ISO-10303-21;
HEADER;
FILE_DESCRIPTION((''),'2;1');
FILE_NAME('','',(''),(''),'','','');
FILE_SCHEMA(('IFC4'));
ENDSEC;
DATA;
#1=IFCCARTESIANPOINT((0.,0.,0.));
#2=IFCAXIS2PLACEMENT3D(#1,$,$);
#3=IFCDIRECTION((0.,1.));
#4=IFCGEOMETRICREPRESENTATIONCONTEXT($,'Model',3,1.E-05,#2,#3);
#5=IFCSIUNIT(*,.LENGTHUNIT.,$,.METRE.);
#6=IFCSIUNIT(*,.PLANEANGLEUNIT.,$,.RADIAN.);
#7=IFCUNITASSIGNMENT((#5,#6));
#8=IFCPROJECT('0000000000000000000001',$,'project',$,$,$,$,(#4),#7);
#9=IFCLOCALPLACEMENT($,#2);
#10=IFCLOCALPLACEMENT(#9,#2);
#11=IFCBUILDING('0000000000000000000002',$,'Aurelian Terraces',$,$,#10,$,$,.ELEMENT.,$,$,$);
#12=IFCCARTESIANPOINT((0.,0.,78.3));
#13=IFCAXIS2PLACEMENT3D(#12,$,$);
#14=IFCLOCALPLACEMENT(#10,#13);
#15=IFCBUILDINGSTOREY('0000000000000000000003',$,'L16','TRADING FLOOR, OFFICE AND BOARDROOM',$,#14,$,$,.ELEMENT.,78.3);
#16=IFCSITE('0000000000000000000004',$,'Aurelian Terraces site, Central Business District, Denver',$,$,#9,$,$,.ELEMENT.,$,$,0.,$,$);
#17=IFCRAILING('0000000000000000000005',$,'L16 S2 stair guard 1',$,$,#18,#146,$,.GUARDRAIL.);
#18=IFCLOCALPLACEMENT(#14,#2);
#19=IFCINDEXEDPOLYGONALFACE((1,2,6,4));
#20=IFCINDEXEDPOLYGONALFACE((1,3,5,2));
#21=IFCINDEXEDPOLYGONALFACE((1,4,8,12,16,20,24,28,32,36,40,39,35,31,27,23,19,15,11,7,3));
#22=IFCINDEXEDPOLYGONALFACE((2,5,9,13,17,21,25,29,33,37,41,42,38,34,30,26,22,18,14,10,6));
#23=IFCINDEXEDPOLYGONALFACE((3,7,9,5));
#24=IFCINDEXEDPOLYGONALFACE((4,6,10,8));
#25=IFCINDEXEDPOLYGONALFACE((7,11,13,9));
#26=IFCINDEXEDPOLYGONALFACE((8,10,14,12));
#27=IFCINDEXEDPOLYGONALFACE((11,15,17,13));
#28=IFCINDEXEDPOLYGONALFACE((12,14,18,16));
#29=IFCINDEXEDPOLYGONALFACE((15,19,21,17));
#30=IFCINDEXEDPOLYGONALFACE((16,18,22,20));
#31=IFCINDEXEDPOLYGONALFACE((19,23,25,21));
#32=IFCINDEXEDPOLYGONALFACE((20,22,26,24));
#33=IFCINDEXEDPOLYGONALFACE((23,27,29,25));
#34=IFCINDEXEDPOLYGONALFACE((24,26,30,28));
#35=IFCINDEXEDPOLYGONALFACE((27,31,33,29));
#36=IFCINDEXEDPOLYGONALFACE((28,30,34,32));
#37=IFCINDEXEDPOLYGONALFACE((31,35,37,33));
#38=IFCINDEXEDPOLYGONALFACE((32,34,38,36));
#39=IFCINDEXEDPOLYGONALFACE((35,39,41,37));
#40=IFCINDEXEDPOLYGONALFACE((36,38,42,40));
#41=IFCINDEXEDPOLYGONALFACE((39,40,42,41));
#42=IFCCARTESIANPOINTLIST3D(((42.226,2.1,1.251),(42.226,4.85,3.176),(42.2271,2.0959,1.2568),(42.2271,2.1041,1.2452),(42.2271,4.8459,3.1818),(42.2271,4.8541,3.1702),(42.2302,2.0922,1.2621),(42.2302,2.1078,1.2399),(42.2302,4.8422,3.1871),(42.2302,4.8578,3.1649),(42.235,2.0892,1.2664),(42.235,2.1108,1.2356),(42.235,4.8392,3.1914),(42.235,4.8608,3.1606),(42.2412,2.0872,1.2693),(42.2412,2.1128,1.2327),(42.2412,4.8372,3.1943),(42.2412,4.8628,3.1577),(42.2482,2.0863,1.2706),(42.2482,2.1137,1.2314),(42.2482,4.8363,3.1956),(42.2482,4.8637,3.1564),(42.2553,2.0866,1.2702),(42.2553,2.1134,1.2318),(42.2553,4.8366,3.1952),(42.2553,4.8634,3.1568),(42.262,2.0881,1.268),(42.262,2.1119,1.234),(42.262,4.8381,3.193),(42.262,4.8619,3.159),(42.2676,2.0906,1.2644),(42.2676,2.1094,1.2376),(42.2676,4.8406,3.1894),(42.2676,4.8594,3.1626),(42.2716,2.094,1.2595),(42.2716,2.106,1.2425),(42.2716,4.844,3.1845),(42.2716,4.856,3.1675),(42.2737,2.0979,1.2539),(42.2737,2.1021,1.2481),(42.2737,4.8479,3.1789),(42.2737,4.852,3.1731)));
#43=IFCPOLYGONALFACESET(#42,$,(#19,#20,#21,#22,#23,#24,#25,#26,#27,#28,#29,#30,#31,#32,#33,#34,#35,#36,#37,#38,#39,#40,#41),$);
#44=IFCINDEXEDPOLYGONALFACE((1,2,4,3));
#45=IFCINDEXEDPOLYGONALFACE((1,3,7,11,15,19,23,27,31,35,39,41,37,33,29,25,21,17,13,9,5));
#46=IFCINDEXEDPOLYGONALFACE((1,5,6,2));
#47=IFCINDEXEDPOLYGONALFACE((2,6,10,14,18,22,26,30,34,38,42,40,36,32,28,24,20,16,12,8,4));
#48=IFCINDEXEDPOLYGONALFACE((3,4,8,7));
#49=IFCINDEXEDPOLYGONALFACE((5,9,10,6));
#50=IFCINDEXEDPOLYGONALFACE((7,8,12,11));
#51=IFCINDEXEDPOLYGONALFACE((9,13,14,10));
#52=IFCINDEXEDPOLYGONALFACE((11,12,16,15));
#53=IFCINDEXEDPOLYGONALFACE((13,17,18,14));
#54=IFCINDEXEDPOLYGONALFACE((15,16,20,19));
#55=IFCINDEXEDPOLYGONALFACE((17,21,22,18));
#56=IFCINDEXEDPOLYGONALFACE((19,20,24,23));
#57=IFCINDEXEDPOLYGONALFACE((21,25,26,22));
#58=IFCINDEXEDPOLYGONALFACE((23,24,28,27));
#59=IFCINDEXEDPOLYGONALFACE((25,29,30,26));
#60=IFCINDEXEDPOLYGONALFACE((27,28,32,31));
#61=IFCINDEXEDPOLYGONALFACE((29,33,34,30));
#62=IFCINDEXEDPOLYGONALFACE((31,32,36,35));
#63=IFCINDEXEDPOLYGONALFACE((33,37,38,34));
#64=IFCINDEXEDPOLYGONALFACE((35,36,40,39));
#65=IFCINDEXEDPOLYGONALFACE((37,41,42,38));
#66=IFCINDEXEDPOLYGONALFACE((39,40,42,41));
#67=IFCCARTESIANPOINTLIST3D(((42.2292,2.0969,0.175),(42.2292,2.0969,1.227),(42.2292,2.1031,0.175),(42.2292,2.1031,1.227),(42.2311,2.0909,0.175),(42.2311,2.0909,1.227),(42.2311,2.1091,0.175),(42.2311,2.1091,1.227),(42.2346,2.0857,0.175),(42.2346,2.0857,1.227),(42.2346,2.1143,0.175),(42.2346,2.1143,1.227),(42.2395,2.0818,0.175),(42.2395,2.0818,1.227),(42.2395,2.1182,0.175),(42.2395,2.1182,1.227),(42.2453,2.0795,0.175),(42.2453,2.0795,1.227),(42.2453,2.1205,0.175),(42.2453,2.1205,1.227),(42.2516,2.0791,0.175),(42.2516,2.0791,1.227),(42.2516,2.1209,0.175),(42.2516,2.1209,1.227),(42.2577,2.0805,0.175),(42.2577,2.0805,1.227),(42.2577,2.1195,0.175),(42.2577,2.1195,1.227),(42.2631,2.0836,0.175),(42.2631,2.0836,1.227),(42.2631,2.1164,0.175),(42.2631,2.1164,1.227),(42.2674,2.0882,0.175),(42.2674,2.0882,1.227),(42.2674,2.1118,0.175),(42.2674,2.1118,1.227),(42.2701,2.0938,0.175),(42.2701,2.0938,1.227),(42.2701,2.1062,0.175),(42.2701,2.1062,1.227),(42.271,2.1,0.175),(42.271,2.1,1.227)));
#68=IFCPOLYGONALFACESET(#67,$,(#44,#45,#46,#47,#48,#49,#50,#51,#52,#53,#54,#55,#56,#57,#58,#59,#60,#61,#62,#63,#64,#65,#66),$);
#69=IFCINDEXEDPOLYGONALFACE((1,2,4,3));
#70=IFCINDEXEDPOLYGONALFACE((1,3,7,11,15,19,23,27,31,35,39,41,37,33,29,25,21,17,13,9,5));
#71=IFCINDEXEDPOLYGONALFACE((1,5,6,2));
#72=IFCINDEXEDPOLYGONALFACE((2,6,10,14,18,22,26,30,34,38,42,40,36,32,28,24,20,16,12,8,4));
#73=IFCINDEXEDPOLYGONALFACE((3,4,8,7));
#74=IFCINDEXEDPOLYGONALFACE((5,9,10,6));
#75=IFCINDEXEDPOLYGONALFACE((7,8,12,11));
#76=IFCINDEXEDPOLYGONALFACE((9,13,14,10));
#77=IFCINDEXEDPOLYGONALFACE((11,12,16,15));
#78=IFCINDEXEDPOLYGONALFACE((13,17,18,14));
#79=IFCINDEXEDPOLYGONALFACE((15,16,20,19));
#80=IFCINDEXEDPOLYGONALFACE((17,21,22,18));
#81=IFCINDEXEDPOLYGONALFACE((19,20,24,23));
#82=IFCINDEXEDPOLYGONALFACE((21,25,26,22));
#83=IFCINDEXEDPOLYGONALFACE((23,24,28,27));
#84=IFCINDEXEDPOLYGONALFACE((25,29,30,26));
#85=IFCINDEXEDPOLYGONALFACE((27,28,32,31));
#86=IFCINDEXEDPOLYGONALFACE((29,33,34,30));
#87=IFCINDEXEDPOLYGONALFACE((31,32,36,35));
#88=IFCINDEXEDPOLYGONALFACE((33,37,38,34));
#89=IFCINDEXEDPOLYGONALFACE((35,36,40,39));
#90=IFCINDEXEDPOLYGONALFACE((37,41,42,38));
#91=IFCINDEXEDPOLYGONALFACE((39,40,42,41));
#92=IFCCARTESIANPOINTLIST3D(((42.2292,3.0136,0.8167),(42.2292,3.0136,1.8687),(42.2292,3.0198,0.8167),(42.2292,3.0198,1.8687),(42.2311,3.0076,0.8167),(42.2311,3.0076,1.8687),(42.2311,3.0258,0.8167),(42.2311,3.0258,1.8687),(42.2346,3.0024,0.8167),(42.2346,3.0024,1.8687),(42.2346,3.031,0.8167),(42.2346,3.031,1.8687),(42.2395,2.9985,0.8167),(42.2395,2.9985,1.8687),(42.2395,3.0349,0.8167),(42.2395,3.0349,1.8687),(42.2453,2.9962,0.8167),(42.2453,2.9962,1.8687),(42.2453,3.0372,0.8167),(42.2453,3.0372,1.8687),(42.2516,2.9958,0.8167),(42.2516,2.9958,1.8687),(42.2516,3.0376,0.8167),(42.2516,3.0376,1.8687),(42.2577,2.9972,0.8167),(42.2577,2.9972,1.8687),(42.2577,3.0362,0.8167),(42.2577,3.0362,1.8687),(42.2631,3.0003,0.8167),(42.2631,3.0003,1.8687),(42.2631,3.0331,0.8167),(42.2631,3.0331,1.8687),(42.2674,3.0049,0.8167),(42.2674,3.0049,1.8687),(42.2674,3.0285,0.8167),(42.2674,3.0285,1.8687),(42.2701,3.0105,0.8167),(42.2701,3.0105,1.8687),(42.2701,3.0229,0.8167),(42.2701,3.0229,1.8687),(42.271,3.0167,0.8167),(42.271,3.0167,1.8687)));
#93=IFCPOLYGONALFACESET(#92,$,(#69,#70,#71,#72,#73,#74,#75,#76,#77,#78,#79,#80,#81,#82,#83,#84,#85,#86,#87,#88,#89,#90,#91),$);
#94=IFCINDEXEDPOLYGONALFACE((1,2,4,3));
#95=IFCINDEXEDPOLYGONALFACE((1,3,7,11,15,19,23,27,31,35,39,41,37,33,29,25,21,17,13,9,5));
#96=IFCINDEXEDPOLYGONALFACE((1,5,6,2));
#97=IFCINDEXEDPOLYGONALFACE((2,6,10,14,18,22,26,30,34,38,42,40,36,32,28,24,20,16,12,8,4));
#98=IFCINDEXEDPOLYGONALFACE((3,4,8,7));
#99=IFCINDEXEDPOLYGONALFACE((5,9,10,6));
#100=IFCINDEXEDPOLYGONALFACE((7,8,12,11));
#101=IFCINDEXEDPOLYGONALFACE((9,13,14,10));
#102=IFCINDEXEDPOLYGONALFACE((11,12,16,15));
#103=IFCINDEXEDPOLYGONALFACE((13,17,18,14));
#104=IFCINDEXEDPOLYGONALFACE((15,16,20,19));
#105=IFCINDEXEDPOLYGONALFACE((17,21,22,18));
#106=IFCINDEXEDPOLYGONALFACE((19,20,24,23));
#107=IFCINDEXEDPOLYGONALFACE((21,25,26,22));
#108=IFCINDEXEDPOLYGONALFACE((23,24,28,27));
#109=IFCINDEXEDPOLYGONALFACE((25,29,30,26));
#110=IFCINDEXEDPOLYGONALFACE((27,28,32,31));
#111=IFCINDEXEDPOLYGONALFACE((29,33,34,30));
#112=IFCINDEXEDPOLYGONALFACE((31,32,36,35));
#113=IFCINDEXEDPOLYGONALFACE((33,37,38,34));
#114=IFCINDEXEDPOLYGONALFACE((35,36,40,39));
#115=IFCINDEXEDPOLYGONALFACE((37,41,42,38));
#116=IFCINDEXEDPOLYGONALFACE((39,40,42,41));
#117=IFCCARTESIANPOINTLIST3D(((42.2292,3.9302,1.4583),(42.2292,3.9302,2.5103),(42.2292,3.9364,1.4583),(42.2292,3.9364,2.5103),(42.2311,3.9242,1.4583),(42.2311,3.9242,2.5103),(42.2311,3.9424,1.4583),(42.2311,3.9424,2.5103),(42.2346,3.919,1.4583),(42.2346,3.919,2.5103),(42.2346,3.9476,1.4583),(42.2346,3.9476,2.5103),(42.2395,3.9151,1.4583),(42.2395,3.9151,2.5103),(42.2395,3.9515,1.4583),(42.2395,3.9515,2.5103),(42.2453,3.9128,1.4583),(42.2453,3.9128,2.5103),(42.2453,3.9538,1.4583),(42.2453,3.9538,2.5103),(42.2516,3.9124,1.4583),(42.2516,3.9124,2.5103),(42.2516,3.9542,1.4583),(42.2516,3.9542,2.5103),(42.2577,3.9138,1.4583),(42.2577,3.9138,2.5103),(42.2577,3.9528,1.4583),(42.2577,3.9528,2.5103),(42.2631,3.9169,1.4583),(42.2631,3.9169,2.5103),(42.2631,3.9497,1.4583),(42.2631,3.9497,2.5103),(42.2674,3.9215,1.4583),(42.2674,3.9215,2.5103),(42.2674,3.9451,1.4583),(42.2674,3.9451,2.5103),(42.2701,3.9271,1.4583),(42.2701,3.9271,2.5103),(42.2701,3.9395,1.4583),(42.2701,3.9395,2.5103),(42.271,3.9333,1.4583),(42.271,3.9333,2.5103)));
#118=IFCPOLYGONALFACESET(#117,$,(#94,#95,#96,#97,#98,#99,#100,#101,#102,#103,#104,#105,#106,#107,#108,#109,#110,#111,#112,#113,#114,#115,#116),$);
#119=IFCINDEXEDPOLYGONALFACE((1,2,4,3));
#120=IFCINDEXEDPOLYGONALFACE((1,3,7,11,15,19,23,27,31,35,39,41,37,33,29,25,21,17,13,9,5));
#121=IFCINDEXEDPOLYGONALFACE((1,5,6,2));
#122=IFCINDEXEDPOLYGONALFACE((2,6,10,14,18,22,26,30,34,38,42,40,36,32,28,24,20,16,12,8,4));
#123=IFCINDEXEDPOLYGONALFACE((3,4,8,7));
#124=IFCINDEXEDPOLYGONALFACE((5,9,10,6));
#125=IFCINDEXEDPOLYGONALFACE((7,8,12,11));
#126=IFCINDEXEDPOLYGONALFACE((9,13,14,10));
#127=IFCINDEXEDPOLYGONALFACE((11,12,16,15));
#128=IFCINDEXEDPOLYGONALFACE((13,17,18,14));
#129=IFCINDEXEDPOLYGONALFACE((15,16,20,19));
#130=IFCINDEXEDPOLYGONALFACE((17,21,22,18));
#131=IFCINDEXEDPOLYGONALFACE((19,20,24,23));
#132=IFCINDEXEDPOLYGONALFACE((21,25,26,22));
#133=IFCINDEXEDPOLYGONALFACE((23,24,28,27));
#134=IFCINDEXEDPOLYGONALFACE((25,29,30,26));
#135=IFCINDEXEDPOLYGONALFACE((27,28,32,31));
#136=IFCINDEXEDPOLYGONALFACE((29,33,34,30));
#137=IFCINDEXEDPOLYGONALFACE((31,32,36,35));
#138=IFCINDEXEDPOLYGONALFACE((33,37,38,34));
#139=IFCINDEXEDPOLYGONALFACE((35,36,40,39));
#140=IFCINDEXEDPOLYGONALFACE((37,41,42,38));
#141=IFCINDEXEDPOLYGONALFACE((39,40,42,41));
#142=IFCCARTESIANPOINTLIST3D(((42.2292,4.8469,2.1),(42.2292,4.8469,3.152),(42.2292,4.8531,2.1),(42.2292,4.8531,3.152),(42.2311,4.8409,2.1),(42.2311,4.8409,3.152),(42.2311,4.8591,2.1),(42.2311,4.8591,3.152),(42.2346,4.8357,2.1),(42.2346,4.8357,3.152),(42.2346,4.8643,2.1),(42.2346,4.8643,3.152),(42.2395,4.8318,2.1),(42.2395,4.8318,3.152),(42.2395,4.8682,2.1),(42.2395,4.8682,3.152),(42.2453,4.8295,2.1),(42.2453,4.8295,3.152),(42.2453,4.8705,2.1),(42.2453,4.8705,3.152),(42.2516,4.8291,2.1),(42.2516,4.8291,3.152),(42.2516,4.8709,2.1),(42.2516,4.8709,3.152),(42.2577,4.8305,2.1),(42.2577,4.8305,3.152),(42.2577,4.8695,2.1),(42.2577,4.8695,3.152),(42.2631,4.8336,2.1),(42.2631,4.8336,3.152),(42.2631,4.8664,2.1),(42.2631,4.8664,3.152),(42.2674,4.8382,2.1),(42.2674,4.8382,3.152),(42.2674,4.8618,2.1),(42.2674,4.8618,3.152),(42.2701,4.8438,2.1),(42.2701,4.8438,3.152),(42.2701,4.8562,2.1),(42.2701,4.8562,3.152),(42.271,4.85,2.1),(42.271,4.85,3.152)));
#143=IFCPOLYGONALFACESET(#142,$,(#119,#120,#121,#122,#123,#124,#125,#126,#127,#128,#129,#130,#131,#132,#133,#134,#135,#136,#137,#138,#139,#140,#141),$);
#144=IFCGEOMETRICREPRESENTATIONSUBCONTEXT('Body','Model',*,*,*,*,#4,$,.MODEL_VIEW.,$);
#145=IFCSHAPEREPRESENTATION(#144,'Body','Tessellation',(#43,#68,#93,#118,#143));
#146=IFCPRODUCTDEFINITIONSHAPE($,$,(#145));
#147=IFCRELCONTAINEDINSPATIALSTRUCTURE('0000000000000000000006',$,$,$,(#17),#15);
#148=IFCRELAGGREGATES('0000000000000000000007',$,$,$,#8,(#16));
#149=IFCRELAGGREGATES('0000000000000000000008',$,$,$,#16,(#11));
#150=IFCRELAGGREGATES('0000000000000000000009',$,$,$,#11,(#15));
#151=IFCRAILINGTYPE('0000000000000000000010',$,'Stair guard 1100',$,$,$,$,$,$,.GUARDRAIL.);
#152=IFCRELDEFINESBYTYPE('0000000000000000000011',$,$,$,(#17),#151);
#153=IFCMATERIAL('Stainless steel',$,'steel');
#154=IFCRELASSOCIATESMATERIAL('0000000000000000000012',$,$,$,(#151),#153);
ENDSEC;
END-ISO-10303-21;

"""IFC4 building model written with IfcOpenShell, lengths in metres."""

from ifc_helpers import new_model, si_unit, direction, frame, origin, origin_2d, place, context, subcontext, project, spatial, circle, extrude, source, transform, mapped, material, type_object, element, save


model = new_model("IFC4")

# Units and contexts
model_context = context("Model", 3, precision=1e-05, world=origin(), true_north=direction((0.0, 1.0)))
body_context = subcontext(model_context, "Body", "Model", "MODEL_VIEW")
ifc_project = project(units=[si_unit("LENGTHUNIT", "METRE"), si_unit("PLANEANGLEUNIT", "RADIAN")], contexts=[model_context])

# Site, building, storey
site_placement = place(None, origin())
site = spatial("IfcSite", under=ifc_project, at=site_placement, Name="Aurelian Terraces site, Central Business District, Denver", CompositionType="ELEMENT", RefElevation=0.0)
building_placement = place(site_placement, origin())
building = spatial("IfcBuilding", under=site, at=building_placement, Name="Aurelian Terraces", CompositionType="ELEMENT")
storey_placement = place(building_placement, frame((0.0, 0.0, 78.3)))
storey = spatial("IfcBuildingStorey", under=building, at=storey_placement, Name="L16", Description="TRADING FLOOR, OFFICE AND BOARDROOM", CompositionType="ELEMENT", Elevation=78.3)

# Railing
ifc_material_1 = material(Name="Stainless steel", Category="steel")
railing_type_1 = type_object("IfcRailingType", Name="Stair guard 1100", PredefinedType="GUARDRAIL", material=ifc_material_1)
shared_shape_1 = source(origin(), body_context, "Body", "SweptSolid", [
    extrude(circle(Radius=0.024, at=origin_2d()), frame((0.0, 0.0, 1.076), z_axis=(0.0, 0.819232, 0.573462), x_axis=(-1.0, 0.0, 0.0)), (0.0, 0.0, 1.0), 3.3568),
    extrude(circle(Radius=0.021, at=origin_2d()), origin(), (0.0, 0.0, 1.0), 1.052),
    extrude(circle(Radius=0.021, at=origin_2d()), frame((0.0, 0.9167, 0.6417)), (0.0, 0.0, 1.0), 1.052),
    extrude(circle(Radius=0.021, at=origin_2d()), frame((0.0, 1.8333, 1.2833)), (0.0, 0.0, 1.0), 1.052),
    extrude(circle(Radius=0.021, at=origin_2d()), frame((0.0, 2.75, 1.925)), (0.0, 0.0, 1.0), 1.052),
])
railing_1_placement = place(storey_placement, frame((42.25, 2.1, 0.175)))
element("IfcRailing", 1, at=railing_1_placement, inside=storey, type_object=railing_type_1, Name="L16 S2 stair guard 1", PredefinedType="GUARDRAIL", context=body_context, shape_type="MappedRepresentation", body=[
    mapped(shared_shape_1, transform((0.0, 0.0, 0.0), scale=1.0)),
])

save(model, "model.ifc")
